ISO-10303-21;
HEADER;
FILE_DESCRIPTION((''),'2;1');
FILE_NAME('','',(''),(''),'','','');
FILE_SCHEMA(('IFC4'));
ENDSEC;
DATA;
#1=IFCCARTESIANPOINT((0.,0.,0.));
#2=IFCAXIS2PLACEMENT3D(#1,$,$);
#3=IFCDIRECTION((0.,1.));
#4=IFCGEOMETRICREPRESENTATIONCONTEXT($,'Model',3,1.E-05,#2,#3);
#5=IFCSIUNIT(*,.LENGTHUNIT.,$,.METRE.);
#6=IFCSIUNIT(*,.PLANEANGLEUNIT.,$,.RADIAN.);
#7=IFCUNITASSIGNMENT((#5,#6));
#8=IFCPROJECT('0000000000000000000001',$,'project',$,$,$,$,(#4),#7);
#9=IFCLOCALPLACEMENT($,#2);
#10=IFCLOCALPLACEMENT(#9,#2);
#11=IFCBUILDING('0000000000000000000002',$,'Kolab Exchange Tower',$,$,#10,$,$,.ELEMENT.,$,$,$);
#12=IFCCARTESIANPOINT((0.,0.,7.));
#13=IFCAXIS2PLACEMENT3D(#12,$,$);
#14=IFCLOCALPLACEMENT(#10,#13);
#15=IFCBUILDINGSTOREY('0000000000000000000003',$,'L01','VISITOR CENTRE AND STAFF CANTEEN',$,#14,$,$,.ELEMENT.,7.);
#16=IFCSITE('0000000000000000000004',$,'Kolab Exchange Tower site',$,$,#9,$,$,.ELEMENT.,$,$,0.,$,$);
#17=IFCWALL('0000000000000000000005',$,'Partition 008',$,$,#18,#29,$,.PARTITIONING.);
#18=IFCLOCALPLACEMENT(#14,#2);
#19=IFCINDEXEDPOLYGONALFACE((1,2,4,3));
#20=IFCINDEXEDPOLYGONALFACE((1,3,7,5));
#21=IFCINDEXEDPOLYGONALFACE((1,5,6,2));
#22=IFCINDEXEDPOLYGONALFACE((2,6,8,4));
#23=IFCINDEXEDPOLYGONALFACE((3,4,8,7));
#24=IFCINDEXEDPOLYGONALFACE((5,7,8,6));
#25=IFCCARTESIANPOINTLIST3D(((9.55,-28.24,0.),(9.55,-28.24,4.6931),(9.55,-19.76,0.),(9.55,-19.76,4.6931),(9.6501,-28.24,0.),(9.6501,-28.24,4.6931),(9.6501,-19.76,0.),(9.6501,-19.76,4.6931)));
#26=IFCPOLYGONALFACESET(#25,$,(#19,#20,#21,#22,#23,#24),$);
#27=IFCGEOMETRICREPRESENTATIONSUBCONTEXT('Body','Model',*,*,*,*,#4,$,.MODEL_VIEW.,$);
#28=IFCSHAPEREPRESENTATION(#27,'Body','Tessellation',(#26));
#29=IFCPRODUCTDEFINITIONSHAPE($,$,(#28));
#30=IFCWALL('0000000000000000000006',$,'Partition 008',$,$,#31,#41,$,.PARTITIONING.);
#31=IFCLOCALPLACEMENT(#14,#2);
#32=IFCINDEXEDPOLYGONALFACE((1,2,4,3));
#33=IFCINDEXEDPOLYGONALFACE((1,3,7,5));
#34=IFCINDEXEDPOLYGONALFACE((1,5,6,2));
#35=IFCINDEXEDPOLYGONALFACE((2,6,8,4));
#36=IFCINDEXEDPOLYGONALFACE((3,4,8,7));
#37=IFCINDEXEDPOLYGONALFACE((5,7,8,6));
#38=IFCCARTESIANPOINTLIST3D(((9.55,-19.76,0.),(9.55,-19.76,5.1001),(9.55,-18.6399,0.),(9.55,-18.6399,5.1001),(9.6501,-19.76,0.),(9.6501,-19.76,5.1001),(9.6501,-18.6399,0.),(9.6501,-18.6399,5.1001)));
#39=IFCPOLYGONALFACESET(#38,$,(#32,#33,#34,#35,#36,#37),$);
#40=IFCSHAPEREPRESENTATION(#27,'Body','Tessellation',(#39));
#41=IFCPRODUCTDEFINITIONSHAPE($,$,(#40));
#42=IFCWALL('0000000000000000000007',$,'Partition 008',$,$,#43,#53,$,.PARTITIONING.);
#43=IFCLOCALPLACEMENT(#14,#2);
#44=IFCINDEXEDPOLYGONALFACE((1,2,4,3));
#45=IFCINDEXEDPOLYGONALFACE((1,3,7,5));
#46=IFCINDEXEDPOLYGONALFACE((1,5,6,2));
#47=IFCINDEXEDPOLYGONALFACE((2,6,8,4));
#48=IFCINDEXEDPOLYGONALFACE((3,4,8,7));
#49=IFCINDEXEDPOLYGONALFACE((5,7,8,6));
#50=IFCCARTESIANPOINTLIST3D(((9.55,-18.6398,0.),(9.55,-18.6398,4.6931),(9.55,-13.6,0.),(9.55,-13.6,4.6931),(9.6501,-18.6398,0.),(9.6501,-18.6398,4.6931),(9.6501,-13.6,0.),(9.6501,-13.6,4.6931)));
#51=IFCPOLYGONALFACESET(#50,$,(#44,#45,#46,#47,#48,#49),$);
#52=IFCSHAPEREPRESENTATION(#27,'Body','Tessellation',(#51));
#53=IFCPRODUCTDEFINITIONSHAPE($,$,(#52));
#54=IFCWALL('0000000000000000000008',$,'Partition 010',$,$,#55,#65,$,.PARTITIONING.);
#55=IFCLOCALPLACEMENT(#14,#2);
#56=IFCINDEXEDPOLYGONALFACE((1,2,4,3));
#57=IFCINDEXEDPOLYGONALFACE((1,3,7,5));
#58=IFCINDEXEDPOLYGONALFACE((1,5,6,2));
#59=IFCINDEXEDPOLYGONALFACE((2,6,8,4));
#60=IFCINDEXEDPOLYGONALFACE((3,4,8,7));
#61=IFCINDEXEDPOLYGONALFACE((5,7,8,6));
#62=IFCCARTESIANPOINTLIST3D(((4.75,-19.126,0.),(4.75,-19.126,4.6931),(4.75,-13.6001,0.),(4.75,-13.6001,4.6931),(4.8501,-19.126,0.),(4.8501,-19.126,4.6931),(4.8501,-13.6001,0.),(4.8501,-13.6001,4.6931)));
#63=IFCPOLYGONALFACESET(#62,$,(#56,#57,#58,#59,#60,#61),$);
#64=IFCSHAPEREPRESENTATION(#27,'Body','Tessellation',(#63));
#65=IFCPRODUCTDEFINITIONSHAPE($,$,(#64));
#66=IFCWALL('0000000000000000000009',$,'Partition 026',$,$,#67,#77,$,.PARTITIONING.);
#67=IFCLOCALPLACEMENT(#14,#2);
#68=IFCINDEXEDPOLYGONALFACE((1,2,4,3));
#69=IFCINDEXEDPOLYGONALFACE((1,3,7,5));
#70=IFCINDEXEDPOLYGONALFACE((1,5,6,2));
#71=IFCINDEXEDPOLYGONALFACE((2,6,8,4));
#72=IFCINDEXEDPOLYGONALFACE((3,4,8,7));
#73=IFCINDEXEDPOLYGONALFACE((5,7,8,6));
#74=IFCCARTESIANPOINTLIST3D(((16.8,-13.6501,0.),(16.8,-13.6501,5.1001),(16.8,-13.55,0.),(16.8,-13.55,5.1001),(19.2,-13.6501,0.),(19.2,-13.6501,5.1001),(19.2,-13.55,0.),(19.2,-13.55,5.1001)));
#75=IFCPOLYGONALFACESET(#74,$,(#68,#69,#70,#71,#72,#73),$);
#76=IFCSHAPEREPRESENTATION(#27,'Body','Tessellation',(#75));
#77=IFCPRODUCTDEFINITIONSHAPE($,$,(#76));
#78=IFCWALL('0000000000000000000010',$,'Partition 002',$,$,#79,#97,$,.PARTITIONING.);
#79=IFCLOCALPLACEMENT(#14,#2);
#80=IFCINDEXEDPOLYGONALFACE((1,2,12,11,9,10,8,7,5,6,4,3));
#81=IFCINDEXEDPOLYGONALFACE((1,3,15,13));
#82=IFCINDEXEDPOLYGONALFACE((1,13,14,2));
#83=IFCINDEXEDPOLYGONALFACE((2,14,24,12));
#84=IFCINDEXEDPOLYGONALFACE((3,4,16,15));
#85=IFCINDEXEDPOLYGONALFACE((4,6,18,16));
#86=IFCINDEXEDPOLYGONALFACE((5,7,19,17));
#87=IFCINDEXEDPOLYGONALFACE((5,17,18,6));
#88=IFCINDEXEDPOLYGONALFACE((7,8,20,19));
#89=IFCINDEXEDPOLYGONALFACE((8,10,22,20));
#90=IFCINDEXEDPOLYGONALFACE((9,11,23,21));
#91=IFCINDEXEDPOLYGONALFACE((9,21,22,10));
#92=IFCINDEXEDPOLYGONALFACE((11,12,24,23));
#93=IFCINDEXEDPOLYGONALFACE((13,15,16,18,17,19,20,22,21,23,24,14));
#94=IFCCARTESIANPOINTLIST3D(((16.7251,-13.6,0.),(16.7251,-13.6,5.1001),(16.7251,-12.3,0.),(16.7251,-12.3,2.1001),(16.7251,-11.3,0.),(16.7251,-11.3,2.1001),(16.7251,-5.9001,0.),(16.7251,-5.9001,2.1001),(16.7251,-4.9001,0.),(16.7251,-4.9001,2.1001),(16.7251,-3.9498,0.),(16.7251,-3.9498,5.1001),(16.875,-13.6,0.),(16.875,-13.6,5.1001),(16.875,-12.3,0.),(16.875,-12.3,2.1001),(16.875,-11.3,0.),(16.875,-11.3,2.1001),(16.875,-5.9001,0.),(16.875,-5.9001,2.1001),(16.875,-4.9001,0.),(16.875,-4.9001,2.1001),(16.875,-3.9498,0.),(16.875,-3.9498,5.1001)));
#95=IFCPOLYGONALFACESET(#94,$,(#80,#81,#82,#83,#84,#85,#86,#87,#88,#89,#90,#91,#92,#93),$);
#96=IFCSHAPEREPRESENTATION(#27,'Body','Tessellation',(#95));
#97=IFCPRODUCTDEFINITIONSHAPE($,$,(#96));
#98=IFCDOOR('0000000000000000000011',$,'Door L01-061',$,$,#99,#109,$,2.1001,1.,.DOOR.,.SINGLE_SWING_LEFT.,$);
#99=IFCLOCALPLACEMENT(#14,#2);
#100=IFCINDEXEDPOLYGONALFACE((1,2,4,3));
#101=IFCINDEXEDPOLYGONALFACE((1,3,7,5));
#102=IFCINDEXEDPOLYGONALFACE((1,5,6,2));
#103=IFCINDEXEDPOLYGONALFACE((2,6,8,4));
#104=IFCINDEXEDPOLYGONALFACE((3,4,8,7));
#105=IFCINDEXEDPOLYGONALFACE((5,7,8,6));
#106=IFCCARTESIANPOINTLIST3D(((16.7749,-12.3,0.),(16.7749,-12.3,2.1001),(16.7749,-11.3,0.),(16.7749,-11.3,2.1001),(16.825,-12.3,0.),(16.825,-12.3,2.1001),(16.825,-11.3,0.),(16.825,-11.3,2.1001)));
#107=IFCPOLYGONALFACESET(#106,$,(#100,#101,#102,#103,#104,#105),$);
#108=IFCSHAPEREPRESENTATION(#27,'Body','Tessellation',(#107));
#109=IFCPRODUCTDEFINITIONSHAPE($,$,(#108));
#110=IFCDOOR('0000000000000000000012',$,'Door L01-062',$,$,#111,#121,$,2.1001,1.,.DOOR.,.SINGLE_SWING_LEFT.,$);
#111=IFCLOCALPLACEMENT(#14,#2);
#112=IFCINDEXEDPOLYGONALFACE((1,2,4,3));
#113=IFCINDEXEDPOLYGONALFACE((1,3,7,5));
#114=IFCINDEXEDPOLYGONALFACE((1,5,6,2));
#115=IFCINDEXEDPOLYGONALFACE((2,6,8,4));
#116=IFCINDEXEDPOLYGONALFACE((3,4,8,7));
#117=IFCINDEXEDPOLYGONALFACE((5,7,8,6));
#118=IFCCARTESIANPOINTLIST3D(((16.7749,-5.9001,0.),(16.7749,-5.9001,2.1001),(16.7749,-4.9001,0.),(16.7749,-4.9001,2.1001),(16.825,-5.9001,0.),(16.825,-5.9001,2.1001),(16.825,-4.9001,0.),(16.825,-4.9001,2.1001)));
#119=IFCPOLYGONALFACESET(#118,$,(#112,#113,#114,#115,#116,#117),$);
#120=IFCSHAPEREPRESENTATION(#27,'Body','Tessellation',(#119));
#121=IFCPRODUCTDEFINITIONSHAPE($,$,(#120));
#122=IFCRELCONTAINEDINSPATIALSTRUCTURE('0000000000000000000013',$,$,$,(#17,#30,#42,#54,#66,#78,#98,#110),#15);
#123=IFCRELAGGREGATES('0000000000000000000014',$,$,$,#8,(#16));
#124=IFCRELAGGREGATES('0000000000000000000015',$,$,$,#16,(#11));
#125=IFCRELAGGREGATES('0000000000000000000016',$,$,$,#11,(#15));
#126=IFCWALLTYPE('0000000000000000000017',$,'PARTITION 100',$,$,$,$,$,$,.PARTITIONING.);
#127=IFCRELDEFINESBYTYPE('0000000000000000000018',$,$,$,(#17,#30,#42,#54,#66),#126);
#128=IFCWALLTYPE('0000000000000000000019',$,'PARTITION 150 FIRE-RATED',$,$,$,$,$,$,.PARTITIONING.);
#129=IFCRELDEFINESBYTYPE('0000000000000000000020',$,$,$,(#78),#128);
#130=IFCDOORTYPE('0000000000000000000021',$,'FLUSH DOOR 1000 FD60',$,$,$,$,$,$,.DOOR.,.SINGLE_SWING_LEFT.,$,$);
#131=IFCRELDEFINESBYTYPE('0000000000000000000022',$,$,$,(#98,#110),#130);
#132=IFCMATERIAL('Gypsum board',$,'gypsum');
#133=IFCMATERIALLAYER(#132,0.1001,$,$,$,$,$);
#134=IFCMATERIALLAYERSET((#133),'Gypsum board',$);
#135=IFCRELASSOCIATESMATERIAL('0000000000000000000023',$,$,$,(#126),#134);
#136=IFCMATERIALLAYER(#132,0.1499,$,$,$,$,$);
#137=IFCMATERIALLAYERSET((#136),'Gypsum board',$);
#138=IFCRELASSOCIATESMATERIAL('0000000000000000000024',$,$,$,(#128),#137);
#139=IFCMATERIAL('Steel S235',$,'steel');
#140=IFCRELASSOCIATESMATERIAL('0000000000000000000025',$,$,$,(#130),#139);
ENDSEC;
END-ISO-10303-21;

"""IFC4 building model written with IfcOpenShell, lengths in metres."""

from ifc_helpers import new_model, si_unit, direction, frame, frame_2d, origin, place, context, subcontext, project, spatial, rectangle, extrude, material, layer, layer_set, type_object, element, fill, save


model = new_model("IFC4")

# Units and contexts
model_context = context("Model", 3, precision=1e-05, world=origin(), true_north=direction((0.0, 1.0)))
body_context = subcontext(model_context, "Body", "Model", "MODEL_VIEW")
ifc_project = project(units=[si_unit("LENGTHUNIT", "METRE"), si_unit("PLANEANGLEUNIT", "RADIAN")], contexts=[model_context])

# Site, building, storey
site_placement = place(None, origin())
site = spatial("IfcSite", under=ifc_project, at=site_placement, Name="Kolab Exchange Tower site", CompositionType="ELEMENT", RefElevation=0.0)
building_placement = place(site_placement, origin())
building = spatial("IfcBuilding", under=site, at=building_placement, Name="Kolab Exchange Tower", CompositionType="ELEMENT")
storey_placement = place(building_placement, frame((0.0, 0.0, 7.0)))
storey = spatial("IfcBuildingStorey", under=building, at=storey_placement, Name="L01", Description="VISITOR CENTRE AND STAFF CANTEEN", CompositionType="ELEMENT", Elevation=7.0)

# Walls
ifc_material_1 = material(Name="Gypsum board", Category="gypsum")
ifc_layer_1 = layer(ifc_material_1, 0.1001)
ifc_layer_set_1 = layer_set([ifc_layer_1], Name="Gypsum board")
wall_type_1 = type_object("IfcWallType", Name="PARTITION 100", PredefinedType="PARTITIONING", material=ifc_layer_set_1)
wall_1_placement = place(storey_placement, frame((9.6001, -28.24, 0.0), z_axis=(0.0, 0.0, 1.0), x_axis=(0.0, 1.0, 0.0)))
element("IfcWall", 1, at=wall_1_placement, inside=storey, type_object=wall_type_1, Name="Partition 008", PredefinedType="PARTITIONING", context=body_context, shape_type="SweptSolid", body=[
    extrude(rectangle(XDim=8.48, YDim=0.1001, at=frame_2d((4.24, 0.0))), origin(), (0.0, 0.0, 1.0), 4.6931),
])
wall_2_placement = place(storey_placement, frame((9.6001, -19.76, 0.0), z_axis=(0.0, 0.0, 1.0), x_axis=(0.0, 1.0, 0.0)))
element("IfcWall", 2, at=wall_2_placement, inside=storey, type_object=wall_type_1, Name="Partition 008", PredefinedType="PARTITIONING", context=body_context, shape_type="SweptSolid", body=[
    extrude(rectangle(XDim=1.1201, YDim=0.1001, at=frame_2d((0.5601, 0.0))), origin(), (0.0, 0.0, 1.0), 5.1001),
])
wall_3_placement = place(storey_placement, frame((9.6001, -18.6399, 0.0), z_axis=(0.0, 0.0, 1.0), x_axis=(0.0, 1.0, 0.0)))
element("IfcWall", 3, at=wall_3_placement, inside=storey, type_object=wall_type_1, Name="Partition 008", PredefinedType="PARTITIONING", context=body_context, shape_type="SweptSolid", body=[
    extrude(rectangle(XDim=5.0398, YDim=0.1001, at=frame_2d((2.52, 0.0))), origin(), (0.0, 0.0, 1.0), 4.6931),
])
wall_4_placement = place(storey_placement, frame((4.8, -19.126, 0.0), z_axis=(0.0, 0.0, 1.0), x_axis=(0.0, 1.0, 0.0)))
element("IfcWall", 4, at=wall_4_placement, inside=storey, type_object=wall_type_1, Name="Partition 010", PredefinedType="PARTITIONING", context=body_context, shape_type="SweptSolid", body=[
    extrude(rectangle(XDim=5.5259, YDim=0.1001, at=frame_2d((2.7629, 0.0))), origin(), (0.0, 0.0, 1.0), 4.6931),
])
wall_5_placement = place(storey_placement, frame((16.8, -13.6001, 0.0), z_axis=(0.0, 0.0, 1.0), x_axis=(1.0, 0.0, 0.0)))
element("IfcWall", 5, at=wall_5_placement, inside=storey, type_object=wall_type_1, Name="Partition 026", PredefinedType="PARTITIONING", context=body_context, shape_type="SweptSolid", body=[
    extrude(rectangle(XDim=2.3999, YDim=0.1001, at=frame_2d((1.2, 0.0))), origin(), (0.0, 0.0, 1.0), 5.1001),
])

# Wall, openings, doors
ifc_layer_2 = layer(ifc_material_1, 0.1499)
ifc_layer_set_2 = layer_set([ifc_layer_2], Name="Gypsum board")
wall_type_2 = type_object("IfcWallType", Name="PARTITION 150 FIRE-RATED", PredefinedType="PARTITIONING", material=ifc_layer_set_2)
wall_6_placement = place(storey_placement, frame((16.8, -13.6001, 0.0), z_axis=(0.0, 0.0, 1.0), x_axis=(0.0, 1.0, 0.0)))
wall_6 = element("IfcWall", 6, at=wall_6_placement, inside=storey, type_object=wall_type_2, Name="Partition 002", PredefinedType="PARTITIONING", context=body_context, shape_type="SweptSolid", body=[
    extrude(rectangle(XDim=9.6501, YDim=0.1499, at=frame_2d((4.8252, 0.0))), origin(), (0.0, 0.0, 1.0), 5.1001),
])
opening_1_placement = place(wall_6_placement, frame((1.3, 0.0, 0.0)))
opening_1 = element("IfcOpeningElement", 7, at=opening_1_placement, cuts=wall_6, PredefinedType="OPENING", context=body_context, shape_type="SweptSolid", body=[
    extrude(rectangle(XDim=1.0, YDim=2.1001, at=frame_2d((0.5, 1.05))), frame((0.0, 0.085, 0.0), z_axis=(0.0, -1.0, 0.0), x_axis=(1.0, 0.0, 0.0)), (0.0, 0.0, 1.0), 0.1699),
])
opening_2_placement = place(wall_6_placement, frame((7.7, 0.0, 0.0)))
opening_2 = element("IfcOpeningElement", 8, at=opening_2_placement, cuts=wall_6, PredefinedType="OPENING", context=body_context, shape_type="SweptSolid", body=[
    extrude(rectangle(XDim=1.0, YDim=2.1001, at=frame_2d((0.5, 1.05))), frame((0.0, 0.085, 0.0), z_axis=(0.0, -1.0, 0.0), x_axis=(1.0, 0.0, 0.0)), (0.0, 0.0, 1.0), 0.1699),
])
ifc_material_2 = material(Name="Steel S235", Category="steel")
door_type = type_object("IfcDoorType", Name="FLUSH DOOR 1000 FD60", OperationType="SINGLE_SWING_LEFT", PredefinedType="DOOR", material=ifc_material_2)
door_1_placement = place(opening_1_placement, frame((1.0, 0.0, 0.0), z_axis=(0.0, 0.0, 1.0), x_axis=(-1.0, 0.0, 0.0)))
door_1 = element("IfcDoor", 9, at=door_1_placement, inside=storey, type_object=door_type, Name="Door L01-061", OperationType="SINGLE_SWING_LEFT", OverallHeight=2.1001, OverallWidth=1.0, PredefinedType="DOOR", context=body_context, shape_type="SweptSolid", body=[
    extrude(rectangle(XDim=1.0, YDim=2.1001, at=frame_2d((0.5, 1.05))), frame((0.0, 0.0249, 0.0), z_axis=(0.0, -1.0, 0.0), x_axis=(1.0, 0.0, 0.0)), (0.0, 0.0, 1.0), 0.05),
])
fill(opening_1, door_1)
door_2_placement = place(opening_2_placement, frame((1.0, 0.0, 0.0), z_axis=(0.0, 0.0, 1.0), x_axis=(-1.0, 0.0, 0.0)))
door_2 = element("IfcDoor", 10, at=door_2_placement, inside=storey, type_object=door_type, Name="Door L01-062", OperationType="SINGLE_SWING_LEFT", OverallHeight=2.1001, OverallWidth=1.0, PredefinedType="DOOR", context=body_context, shape_type="SweptSolid", body=[
    extrude(rectangle(XDim=1.0, YDim=2.1001, at=frame_2d((0.5, 1.05))), frame((0.0, 0.0249, 0.0), z_axis=(0.0, -1.0, 0.0), x_axis=(1.0, 0.0, 0.0)), (0.0, 0.0, 1.0), 0.05),
])
fill(opening_2, door_2)

save(model, "model.ifc")
